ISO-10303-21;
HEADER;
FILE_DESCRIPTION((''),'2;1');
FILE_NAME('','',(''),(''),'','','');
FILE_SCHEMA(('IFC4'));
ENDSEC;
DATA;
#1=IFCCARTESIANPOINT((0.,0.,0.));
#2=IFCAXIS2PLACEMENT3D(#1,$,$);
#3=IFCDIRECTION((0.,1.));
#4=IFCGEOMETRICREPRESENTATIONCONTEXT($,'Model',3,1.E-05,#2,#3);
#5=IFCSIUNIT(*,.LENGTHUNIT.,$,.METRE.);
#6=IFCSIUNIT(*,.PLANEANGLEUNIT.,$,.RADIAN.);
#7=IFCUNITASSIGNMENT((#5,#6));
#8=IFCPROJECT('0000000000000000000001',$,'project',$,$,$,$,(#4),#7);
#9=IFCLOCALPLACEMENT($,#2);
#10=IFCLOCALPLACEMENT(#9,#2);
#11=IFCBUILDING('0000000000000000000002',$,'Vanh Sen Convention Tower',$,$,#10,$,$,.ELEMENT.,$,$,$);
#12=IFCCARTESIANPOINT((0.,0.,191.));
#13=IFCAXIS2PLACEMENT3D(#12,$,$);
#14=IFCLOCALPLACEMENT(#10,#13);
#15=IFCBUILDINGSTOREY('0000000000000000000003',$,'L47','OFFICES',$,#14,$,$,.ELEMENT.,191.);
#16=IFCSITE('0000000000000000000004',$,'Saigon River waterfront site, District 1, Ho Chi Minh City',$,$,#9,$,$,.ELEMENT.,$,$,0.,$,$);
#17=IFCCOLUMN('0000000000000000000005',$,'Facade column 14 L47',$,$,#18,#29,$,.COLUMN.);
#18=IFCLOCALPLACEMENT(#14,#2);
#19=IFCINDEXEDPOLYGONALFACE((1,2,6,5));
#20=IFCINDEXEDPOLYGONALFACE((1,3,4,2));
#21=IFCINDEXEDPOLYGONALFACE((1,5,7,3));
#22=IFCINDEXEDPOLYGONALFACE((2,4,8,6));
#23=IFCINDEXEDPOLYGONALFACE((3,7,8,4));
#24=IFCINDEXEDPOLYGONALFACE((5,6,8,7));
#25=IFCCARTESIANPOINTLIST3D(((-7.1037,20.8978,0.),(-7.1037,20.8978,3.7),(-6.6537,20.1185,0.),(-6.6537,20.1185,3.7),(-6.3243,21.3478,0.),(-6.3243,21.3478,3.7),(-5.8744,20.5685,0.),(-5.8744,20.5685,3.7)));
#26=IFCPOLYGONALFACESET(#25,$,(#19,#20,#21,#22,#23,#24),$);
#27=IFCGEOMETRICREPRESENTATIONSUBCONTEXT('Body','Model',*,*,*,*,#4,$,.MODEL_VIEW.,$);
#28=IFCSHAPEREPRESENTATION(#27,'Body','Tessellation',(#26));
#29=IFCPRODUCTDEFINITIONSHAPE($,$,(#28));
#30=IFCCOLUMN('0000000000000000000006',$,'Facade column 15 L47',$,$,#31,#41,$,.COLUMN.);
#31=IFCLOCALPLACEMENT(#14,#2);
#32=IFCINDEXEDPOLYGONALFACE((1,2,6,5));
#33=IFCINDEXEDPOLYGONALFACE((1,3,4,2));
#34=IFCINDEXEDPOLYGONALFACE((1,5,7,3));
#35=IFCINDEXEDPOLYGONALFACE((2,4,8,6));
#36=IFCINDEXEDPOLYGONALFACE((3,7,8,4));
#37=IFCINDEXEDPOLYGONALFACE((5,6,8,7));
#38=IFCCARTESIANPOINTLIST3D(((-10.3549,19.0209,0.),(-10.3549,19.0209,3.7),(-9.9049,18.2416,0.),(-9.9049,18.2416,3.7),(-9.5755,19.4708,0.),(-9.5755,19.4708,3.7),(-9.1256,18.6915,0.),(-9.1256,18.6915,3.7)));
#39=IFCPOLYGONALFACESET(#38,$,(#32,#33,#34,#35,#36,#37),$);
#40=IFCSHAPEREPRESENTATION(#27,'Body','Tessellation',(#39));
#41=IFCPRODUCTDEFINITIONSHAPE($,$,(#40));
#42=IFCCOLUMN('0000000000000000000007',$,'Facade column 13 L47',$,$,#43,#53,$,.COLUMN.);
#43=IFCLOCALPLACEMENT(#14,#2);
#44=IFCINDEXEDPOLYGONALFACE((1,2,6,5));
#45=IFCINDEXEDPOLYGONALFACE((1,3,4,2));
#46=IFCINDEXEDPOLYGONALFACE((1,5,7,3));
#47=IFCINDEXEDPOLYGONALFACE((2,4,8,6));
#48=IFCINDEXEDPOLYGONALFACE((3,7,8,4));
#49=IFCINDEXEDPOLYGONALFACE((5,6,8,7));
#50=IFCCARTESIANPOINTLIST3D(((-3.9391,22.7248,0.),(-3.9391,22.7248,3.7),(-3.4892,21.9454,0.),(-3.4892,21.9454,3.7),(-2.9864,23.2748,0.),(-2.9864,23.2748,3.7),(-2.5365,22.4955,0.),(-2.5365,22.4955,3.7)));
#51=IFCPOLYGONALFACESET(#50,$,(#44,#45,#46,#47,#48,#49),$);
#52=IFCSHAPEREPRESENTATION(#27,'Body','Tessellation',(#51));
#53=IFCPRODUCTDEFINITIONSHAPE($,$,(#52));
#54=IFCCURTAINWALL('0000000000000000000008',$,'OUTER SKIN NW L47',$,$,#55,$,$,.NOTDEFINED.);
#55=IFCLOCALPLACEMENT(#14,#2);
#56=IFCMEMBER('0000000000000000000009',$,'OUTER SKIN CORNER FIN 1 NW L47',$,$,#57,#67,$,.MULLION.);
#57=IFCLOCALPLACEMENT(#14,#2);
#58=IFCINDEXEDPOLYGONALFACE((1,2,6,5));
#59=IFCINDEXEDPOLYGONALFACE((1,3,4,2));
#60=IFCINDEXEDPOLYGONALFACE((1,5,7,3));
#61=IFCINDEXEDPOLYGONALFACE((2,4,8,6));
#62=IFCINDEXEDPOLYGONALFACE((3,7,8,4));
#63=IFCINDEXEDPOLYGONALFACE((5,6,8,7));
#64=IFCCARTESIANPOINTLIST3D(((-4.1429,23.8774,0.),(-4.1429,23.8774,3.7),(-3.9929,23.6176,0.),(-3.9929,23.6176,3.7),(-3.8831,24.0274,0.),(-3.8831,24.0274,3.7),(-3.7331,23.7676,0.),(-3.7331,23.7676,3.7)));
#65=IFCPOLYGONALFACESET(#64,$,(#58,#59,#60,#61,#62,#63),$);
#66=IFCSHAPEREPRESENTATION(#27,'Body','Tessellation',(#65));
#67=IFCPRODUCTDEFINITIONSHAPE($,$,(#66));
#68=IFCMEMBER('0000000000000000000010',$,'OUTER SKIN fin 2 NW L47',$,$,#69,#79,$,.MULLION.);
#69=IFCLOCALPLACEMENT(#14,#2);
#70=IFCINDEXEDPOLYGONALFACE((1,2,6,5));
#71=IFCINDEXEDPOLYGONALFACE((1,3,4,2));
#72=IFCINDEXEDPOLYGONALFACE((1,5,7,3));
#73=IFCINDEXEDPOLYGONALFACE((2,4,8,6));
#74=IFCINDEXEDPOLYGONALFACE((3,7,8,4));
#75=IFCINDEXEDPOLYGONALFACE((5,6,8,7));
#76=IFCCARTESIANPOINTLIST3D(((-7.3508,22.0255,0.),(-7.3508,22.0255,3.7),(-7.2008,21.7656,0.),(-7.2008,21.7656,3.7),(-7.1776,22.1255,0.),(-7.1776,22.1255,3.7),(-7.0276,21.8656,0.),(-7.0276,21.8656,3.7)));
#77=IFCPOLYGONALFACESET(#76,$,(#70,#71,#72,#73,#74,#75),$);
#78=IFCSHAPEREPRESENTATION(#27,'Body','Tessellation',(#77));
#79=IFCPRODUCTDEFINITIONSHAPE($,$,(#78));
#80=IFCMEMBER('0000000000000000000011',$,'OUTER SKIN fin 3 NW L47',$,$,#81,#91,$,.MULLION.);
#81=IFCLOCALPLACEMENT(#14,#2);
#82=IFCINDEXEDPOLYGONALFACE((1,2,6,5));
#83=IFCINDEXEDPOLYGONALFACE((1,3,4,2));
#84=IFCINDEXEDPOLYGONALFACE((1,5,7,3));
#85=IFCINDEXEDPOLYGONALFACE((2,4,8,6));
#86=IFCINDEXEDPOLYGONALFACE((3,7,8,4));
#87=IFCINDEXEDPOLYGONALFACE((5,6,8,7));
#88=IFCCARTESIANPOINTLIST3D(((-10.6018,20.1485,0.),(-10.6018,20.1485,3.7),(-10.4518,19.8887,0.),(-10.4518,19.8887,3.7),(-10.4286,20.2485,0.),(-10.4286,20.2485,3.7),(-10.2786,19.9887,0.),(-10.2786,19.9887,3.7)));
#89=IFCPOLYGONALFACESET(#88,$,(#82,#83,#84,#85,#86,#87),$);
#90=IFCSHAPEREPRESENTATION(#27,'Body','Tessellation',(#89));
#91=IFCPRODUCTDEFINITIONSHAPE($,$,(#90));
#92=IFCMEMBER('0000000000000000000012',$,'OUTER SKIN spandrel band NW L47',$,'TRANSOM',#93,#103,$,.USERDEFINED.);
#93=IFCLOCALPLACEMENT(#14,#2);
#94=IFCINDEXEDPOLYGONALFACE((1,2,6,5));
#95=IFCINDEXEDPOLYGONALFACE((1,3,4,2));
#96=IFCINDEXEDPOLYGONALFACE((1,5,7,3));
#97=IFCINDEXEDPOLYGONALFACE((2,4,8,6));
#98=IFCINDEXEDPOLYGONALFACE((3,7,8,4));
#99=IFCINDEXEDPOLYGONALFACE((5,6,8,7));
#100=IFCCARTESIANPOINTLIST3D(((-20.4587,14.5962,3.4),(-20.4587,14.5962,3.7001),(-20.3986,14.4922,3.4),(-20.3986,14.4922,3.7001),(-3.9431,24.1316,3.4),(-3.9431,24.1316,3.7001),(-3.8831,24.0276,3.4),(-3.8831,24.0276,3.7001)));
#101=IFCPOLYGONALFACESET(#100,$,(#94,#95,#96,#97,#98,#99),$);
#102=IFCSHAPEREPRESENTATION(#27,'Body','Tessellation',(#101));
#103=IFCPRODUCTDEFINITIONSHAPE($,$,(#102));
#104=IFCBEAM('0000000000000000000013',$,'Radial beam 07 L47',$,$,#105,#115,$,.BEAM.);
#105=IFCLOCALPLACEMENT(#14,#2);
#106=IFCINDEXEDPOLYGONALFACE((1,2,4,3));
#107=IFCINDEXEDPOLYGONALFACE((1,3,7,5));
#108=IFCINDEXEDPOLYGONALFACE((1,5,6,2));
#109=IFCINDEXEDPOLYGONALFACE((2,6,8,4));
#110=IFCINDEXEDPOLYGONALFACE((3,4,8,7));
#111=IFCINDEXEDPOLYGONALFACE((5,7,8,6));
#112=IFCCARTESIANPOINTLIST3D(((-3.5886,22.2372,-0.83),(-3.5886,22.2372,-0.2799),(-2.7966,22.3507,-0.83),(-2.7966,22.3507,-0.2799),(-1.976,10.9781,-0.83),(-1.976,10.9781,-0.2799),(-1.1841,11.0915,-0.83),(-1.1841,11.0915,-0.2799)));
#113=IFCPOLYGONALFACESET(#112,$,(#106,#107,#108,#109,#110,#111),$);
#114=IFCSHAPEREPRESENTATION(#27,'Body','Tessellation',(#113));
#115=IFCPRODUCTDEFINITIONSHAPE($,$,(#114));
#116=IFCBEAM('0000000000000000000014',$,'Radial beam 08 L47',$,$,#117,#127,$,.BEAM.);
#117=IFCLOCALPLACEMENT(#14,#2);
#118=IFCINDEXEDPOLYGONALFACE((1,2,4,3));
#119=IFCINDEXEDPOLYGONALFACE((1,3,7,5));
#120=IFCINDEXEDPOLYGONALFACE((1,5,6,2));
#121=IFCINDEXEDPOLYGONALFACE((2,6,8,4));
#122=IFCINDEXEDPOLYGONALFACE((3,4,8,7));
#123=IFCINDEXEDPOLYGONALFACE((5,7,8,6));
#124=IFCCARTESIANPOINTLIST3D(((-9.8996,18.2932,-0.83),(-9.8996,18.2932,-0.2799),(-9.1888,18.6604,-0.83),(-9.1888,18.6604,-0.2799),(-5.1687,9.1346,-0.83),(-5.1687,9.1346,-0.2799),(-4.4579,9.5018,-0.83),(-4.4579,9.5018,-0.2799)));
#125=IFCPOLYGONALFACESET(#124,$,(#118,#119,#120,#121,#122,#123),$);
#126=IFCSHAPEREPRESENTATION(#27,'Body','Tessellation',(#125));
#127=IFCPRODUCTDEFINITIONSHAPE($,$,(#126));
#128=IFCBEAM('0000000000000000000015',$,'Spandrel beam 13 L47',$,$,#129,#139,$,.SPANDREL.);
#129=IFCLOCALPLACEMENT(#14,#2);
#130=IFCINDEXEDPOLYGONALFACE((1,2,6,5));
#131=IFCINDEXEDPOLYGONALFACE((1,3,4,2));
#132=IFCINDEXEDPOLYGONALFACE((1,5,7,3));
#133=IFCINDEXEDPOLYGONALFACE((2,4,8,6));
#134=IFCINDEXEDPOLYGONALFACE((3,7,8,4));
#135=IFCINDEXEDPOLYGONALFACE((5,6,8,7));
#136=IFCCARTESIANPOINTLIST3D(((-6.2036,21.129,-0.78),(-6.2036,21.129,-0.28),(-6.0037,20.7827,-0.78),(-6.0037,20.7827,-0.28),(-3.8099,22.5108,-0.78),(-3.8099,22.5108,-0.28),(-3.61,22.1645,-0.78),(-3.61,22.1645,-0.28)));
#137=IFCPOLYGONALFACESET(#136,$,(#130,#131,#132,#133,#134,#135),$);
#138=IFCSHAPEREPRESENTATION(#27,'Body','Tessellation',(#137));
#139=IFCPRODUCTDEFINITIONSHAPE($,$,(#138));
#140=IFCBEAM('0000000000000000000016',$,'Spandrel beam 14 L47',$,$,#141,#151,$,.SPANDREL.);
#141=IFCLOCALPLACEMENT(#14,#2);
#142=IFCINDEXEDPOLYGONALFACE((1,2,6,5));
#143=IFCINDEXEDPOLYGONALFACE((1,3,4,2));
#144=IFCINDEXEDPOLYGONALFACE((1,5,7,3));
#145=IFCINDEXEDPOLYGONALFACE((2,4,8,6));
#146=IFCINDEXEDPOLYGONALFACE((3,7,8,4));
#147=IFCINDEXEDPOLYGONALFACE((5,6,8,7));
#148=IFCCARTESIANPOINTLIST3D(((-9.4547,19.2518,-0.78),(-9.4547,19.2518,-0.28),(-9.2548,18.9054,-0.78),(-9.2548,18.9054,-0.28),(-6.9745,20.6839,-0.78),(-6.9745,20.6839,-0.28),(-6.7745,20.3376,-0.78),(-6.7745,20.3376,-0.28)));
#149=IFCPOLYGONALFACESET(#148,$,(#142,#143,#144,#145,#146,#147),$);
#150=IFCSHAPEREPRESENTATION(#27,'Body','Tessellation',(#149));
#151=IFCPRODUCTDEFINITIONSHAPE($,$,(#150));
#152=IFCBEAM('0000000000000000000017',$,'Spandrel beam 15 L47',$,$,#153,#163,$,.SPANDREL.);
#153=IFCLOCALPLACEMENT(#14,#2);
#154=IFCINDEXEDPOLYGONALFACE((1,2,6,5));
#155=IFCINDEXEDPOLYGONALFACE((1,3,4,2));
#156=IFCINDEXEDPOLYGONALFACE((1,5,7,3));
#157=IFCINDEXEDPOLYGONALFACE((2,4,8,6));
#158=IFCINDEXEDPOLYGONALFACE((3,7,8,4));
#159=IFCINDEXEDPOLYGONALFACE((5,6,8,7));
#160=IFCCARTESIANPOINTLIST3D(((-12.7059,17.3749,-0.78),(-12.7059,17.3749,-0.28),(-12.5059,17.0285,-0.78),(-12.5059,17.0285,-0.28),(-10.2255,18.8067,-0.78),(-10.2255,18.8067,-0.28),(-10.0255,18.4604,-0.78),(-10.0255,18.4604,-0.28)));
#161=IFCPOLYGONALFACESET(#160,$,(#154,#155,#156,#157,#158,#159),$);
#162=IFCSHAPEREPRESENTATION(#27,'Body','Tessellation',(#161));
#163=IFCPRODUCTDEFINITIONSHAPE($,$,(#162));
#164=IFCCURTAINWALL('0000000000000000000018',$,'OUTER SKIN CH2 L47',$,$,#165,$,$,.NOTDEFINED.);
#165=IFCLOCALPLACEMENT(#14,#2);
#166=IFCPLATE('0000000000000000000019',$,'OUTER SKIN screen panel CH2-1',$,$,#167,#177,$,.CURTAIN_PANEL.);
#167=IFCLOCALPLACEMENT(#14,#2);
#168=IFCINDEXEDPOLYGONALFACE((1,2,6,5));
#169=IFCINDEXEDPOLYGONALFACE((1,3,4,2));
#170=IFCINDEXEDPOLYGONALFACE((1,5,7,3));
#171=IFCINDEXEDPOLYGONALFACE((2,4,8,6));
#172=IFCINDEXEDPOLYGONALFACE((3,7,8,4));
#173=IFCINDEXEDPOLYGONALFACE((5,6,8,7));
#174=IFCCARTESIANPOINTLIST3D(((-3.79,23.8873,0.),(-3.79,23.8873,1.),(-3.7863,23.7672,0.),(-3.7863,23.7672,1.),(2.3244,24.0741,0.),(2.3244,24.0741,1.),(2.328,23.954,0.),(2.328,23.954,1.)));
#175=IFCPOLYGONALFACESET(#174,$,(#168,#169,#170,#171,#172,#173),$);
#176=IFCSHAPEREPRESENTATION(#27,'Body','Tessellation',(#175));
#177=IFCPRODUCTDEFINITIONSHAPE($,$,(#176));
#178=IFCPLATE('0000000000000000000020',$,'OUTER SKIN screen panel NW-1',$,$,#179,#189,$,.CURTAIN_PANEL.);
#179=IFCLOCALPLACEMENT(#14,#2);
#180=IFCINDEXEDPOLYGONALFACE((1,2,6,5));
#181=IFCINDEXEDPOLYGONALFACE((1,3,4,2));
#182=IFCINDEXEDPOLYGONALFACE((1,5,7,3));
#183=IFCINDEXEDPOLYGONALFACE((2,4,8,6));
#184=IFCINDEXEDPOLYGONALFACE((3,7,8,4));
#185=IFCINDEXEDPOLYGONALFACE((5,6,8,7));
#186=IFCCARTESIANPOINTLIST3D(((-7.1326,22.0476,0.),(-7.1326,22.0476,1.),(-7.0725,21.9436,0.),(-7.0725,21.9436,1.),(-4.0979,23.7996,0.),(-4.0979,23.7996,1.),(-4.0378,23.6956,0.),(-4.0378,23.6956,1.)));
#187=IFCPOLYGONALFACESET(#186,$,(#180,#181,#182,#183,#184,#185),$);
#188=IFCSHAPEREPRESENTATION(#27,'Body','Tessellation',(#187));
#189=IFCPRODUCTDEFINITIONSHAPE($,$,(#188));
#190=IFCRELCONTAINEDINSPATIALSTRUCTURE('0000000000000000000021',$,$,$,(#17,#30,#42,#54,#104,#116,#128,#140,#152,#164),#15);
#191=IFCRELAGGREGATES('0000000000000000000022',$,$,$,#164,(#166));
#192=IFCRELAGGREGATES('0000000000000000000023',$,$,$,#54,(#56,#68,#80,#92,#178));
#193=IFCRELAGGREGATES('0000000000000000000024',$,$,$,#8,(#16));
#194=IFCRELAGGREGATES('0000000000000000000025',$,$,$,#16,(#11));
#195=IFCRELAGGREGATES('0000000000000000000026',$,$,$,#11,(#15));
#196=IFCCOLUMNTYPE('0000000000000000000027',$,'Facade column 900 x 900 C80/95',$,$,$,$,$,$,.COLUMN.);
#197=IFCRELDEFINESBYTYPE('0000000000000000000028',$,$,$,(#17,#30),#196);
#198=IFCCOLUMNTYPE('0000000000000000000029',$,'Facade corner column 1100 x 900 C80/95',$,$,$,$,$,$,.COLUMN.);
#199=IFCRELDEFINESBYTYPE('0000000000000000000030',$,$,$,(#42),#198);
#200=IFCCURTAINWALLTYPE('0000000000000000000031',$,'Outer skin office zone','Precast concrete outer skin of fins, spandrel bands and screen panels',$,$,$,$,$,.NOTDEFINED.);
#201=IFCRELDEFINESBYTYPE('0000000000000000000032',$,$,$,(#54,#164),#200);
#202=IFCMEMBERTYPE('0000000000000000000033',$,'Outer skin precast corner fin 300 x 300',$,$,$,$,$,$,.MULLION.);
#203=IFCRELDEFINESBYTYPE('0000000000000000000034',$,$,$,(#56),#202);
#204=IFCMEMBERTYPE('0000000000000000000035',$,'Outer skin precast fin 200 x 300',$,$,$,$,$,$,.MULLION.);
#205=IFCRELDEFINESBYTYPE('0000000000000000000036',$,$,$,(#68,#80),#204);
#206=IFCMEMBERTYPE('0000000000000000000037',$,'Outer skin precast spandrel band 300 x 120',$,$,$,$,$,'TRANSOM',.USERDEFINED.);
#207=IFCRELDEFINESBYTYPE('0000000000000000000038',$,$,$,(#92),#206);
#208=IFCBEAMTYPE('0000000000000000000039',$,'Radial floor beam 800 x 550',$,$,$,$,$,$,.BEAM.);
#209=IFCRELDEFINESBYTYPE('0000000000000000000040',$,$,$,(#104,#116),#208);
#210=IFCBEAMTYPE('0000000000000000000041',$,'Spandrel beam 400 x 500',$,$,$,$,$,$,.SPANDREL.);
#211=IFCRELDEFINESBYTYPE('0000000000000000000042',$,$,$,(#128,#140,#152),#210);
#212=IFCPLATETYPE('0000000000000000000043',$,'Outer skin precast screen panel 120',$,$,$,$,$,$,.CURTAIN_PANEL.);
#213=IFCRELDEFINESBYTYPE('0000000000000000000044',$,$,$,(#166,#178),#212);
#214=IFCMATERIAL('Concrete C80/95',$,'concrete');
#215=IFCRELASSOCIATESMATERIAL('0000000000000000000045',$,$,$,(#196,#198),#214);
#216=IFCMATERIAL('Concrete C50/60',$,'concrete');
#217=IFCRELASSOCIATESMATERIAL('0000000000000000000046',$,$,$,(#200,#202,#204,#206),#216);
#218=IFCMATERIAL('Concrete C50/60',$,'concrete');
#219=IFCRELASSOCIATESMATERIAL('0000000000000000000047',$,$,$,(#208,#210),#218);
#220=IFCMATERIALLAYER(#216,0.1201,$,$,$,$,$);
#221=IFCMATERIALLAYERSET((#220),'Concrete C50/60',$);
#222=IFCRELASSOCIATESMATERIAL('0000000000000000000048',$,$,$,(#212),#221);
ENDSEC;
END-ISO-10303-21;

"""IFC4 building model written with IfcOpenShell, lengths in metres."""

from ifc_helpers import new_model, si_unit, direction, frame, origin, origin_2d, place, context, subcontext, project, spatial, rectangle, extrude, material, layer, layer_set, material_profile, profile_set, type_object, element, aggregate, save


model = new_model("IFC4")

# Units and contexts
model_context = context("Model", 3, precision=1e-05, world=origin(), true_north=direction((0.0, 1.0)))
body_context = subcontext(model_context, "Body", "Model", "MODEL_VIEW")
ifc_project = project(units=[si_unit("LENGTHUNIT", "METRE"), si_unit("PLANEANGLEUNIT", "RADIAN")], contexts=[model_context])

# Site, building, storey
site_placement = place(None, origin())
site = spatial("IfcSite", under=ifc_project, at=site_placement, Name="Saigon River waterfront site, District 1, Ho Chi Minh City", CompositionType="ELEMENT", RefElevation=0.0)
building_placement = place(site_placement, origin())
building = spatial("IfcBuilding", under=site, at=building_placement, Name="Vanh Sen Convention Tower", CompositionType="ELEMENT")
storey_placement = place(building_placement, frame((0.0, 0.0, 191.0)))
storey = spatial("IfcBuildingStorey", under=building, at=storey_placement, Name="L47", Description="OFFICES", CompositionType="ELEMENT", Elevation=191.0)

# Columns
ifc_material_1 = material(Name="Concrete C80/95", Category="concrete")
ifc_material_profile_1 = material_profile(ifc_material_1, rectangle(XDim=0.8999, YDim=0.8999, at=origin_2d()), Name="RC 900X900")
ifc_profile_set_1 = profile_set([ifc_material_profile_1], Name="Concrete C80/95")
column_type_1 = type_object("IfcColumnType", Name="Facade column 900 x 900 C80/95", PredefinedType="COLUMN", material=ifc_profile_set_1)
for number, where, z_axis, x_axis, name in (
    (1, (-6.489, 20.7332, 0.0), (0.0, 0.0, 1.0), (-0.866025, -0.5, 0.0), "Facade column 14 L47"),
    (2, (-9.7402, 18.8562, 0.0), (0.0, 0.0, 1.0), (-0.866025, -0.5, 0.0), "Facade column 15 L47"),
):
    element("IfcColumn", number, at=place(storey_placement, frame(where, z_axis=z_axis, x_axis=x_axis)), inside=storey, type_object=column_type_1, Name=name, PredefinedType="COLUMN", context=body_context, shape_type="SweptSolid", body=[
        extrude(rectangle(XDim=0.8999, YDim=0.8999, at=origin_2d()), origin(), (0.0, 0.0, 1.0), 3.7),
    ])
ifc_material_profile_2 = material_profile(ifc_material_1, rectangle(XDim=1.1001, YDim=0.8999, at=origin_2d()), Name="RC 1100X900")
ifc_profile_set_2 = profile_set([ifc_material_profile_2], Name="Concrete C80/95")
column_type_2 = type_object("IfcColumnType", Name="Facade corner column 1100 x 900 C80/95", PredefinedType="COLUMN", material=ifc_profile_set_2)
column_placement = place(storey_placement, frame((-3.2378, 22.6101, 0.0), z_axis=(0.0, 0.0, 1.0), x_axis=(-0.866025, -0.5, 0.0)))
element("IfcColumn", 3, at=column_placement, inside=storey, type_object=column_type_2, Name="Facade column 13 L47", PredefinedType="COLUMN", context=body_context, shape_type="SweptSolid", body=[
    extrude(rectangle(XDim=1.1001, YDim=0.8999, at=origin_2d()), origin(), (0.0, 0.0, 1.0), 3.7),
])

# Curtain wall, members
ifc_material_2 = material(Name="Concrete C50/60", Category="concrete")
curtain_wall_type = type_object("IfcCurtainWallType", Name="Outer skin office zone", Description="Precast concrete outer skin of fins, spandrel bands and screen panels", PredefinedType="NOTDEFINED", material=ifc_material_2)
curtain_wall_1_placement = place(storey_placement, origin())
curtain_wall_1 = element("IfcCurtainWall", 4, at=curtain_wall_1_placement, inside=storey, type_object=curtain_wall_type, Name="OUTER SKIN NW L47", PredefinedType="NOTDEFINED")
ifc_material_profile_3 = material_profile(ifc_material_2, rectangle(XDim=0.3, YDim=0.3, at=origin_2d()), Name="Outer skin precast corner fin 300 x 300")
ifc_profile_set_3 = profile_set([ifc_material_profile_3], Name="Concrete C50/60")
member_type_1 = type_object("IfcMemberType", Name="Outer skin precast corner fin 300 x 300", PredefinedType="MULLION", material=ifc_profile_set_3)
member_1_placement = place(storey_placement, frame((-3.938, 23.8225, 0.0), z_axis=(0.0, 0.0, 1.0), x_axis=(-0.866025, -0.5, 0.0)))
member_1 = element("IfcMember", 5, at=member_1_placement, type_object=member_type_1, Name="OUTER SKIN CORNER FIN 1 NW L47", PredefinedType="MULLION", context=body_context, shape_type="SweptSolid", body=[
    extrude(rectangle(XDim=0.3, YDim=0.3, at=origin_2d()), origin(), (0.0, 0.0, 1.0), 3.7),
])
ifc_material_profile_4 = material_profile(ifc_material_2, rectangle(XDim=0.2, YDim=0.3, at=origin_2d()), Name="Outer skin precast fin 200 x 300")
ifc_profile_set_4 = profile_set([ifc_material_profile_4], Name="Concrete C50/60")
member_type_2 = type_object("IfcMemberType", Name="Outer skin precast fin 200 x 300", PredefinedType="MULLION", material=ifc_profile_set_4)
member_2_placement = place(storey_placement, frame((-7.1892, 21.9456, 0.0), z_axis=(0.0, 0.0, 1.0), x_axis=(-0.866025, -0.5, 0.0)))
member_2 = element("IfcMember", 6, at=member_2_placement, type_object=member_type_2, Name="OUTER SKIN fin 2 NW L47", PredefinedType="MULLION", context=body_context, shape_type="SweptSolid", body=[
    extrude(rectangle(XDim=0.2, YDim=0.3, at=origin_2d()), origin(), (0.0, 0.0, 1.0), 3.7),
])
member_3_placement = place(storey_placement, frame((-10.4402, 20.0686, 0.0), z_axis=(0.0, 0.0, 1.0), x_axis=(-0.866025, -0.5, 0.0)))
member_3 = element("IfcMember", 7, at=member_3_placement, type_object=member_type_2, Name="OUTER SKIN fin 3 NW L47", PredefinedType="MULLION", context=body_context, shape_type="SweptSolid", body=[
    extrude(rectangle(XDim=0.2, YDim=0.3, at=origin_2d()), origin(), (0.0, 0.0, 1.0), 3.7),
])
ifc_material_profile_5 = material_profile(ifc_material_2, rectangle(XDim=0.1201, YDim=0.3, at=origin_2d()), Name="Outer skin precast spandrel band 300 x 120")
ifc_profile_set_5 = profile_set([ifc_material_profile_5], Name="Concrete C50/60")
member_type_3 = type_object("IfcMemberType", Name="Outer skin precast spandrel band 300 x 120", ElementType="TRANSOM", PredefinedType="USERDEFINED", material=ifc_profile_set_5)
member_4_placement = place(storey_placement, frame((-3.9131, 24.0796, 3.55), z_axis=(-0.866023, -0.500004, 0.0), x_axis=(0.500004, -0.866023, 0.0)))
member_4 = element("IfcMember", 8, at=member_4_placement, type_object=member_type_3, Name="OUTER SKIN spandrel band NW L47", ObjectType="TRANSOM", PredefinedType="USERDEFINED", context=body_context, shape_type="SweptSolid", body=[
    extrude(rectangle(XDim=0.1201, YDim=0.3, at=origin_2d()), origin(), (0.0, 0.0, 1.0), 19.0706),
])

# Beams
ifc_material_3 = material(Name="Concrete C50/60", Category="concrete")
ifc_material_profile_6 = material_profile(ifc_material_3, rectangle(XDim=0.8, YDim=0.55, at=origin_2d()), Name="RC 800X550")
ifc_profile_set_6 = profile_set([ifc_material_profile_6], Name="Concrete C50/60")
beam_type_1 = type_object("IfcBeamType", Name="Radial floor beam 800 x 550", PredefinedType="BEAM", material=ifc_profile_set_6)
beam_1_placement = place(storey_placement, frame((-3.1926, 22.2939, -0.5549), z_axis=(0.141776, -0.989899, 0.0), x_axis=(0.989899, 0.141776, 0.0)))
element("IfcBeam", 9, at=beam_1_placement, inside=storey, type_object=beam_type_1, Name="Radial beam 07 L47", PredefinedType="BEAM", context=body_context, shape_type="SweptSolid", body=[
    extrude(rectangle(XDim=0.8, YDim=0.55, at=origin_2d()), origin(), (0.0, 0.0, 1.0), 11.374),
])
beam_2_placement = place(storey_placement, frame((-9.5442, 18.4768, -0.5549), z_axis=(0.458941, -0.888467, 0.0), x_axis=(0.888467, 0.458941, 0.0)))
element("IfcBeam", 10, at=beam_2_placement, inside=storey, type_object=beam_type_1, Name="Radial beam 08 L47", PredefinedType="BEAM", context=body_context, shape_type="SweptSolid", body=[
    extrude(rectangle(XDim=0.8, YDim=0.55, at=origin_2d()), origin(), (0.0, 0.0, 1.0), 10.3083),
])
ifc_material_profile_7 = material_profile(ifc_material_3, rectangle(XDim=0.3999, YDim=0.5, at=origin_2d()), Name="RC 400X500")
ifc_profile_set_7 = profile_set([ifc_material_profile_7], Name="Concrete C50/60")
beam_type_2 = type_object("IfcBeamType", Name="Spandrel beam 400 x 500", PredefinedType="SPANDREL", material=ifc_profile_set_7)
beam_3_placement = place(storey_placement, frame((-3.71, 22.3376, -0.53), z_axis=(-0.866061, -0.499939, 0.0), x_axis=(0.499939, -0.866061, 0.0)))
element("IfcBeam", 11, at=beam_3_placement, inside=storey, type_object=beam_type_2, Name="Spandrel beam 13 L47", PredefinedType="SPANDREL", context=body_context, shape_type="SweptSolid", body=[
    extrude(rectangle(XDim=0.3999, YDim=0.5, at=origin_2d()), origin(), (0.0, 0.0, 1.0), 2.7639),
])
for number, where, z_axis, x_axis, name in (
    (12, (-6.8745, 20.5107, -0.53), (-0.866, -0.500045, 0.0), (0.500045, -0.866, 0.0), "Spandrel beam 14 L47"),
    (13, (-10.1255, 18.6335, -0.53), (-0.866058, -0.499944, 0.0), (0.499944, -0.866058, 0.0), "Spandrel beam 15 L47"),
):
    element("IfcBeam", number, at=place(storey_placement, frame(where, z_axis=z_axis, x_axis=x_axis)), inside=storey, type_object=beam_type_2, Name=name, PredefinedType="SPANDREL", context=body_context, shape_type="SweptSolid", body=[
        extrude(rectangle(XDim=0.3999, YDim=0.5, at=origin_2d()), origin(), (0.0, 0.0, 1.0), 2.864),
    ])

# Curtain wall, plate
curtain_wall_2_placement = place(storey_placement, origin())
curtain_wall_2 = element("IfcCurtainWall", 14, at=curtain_wall_2_placement, inside=storey, type_object=curtain_wall_type, Name="OUTER SKIN CH2 L47", PredefinedType="NOTDEFINED")
ifc_layer_1 = layer(ifc_material_2, 0.1201)
ifc_layer_set_1 = layer_set([ifc_layer_1], Name="Concrete C50/60")
plate_type = type_object("IfcPlateType", Name="Outer skin precast screen panel 120", PredefinedType="CURTAIN_PANEL", material=ifc_layer_set_1)
plate_1_placement = place(storey_placement, frame((-0.731, 23.9207, 0.0), z_axis=(0.0, 0.0, 1.0), x_axis=(-0.999534, -0.030539, 0.0)))
plate_1 = element("IfcPlate", 15, at=plate_1_placement, type_object=plate_type, Name="OUTER SKIN screen panel CH2-1", PredefinedType="CURTAIN_PANEL", context=body_context, shape_type="SweptSolid", body=[
    extrude(rectangle(XDim=6.1172, YDim=0.1201, at=origin_2d()), origin(), (0.0, 0.0, 1.0), 1.0),
])
aggregate(curtain_wall_2, [plate_1])

# Plate
plate_2_placement = place(storey_placement, frame((-5.5852, 22.8716, 0.0), z_axis=(0.0, 0.0, 1.0), x_axis=(-0.866035, -0.499983, 0.0)))
plate_2 = element("IfcPlate", 16, at=plate_2_placement, type_object=plate_type, Name="OUTER SKIN screen panel NW-1", PredefinedType="CURTAIN_PANEL", context=body_context, shape_type="SweptSolid", body=[
    extrude(rectangle(XDim=3.5042, YDim=0.1201, at=origin_2d()), origin(), (0.0, 0.0, 1.0), 1.0),
])
aggregate(curtain_wall_1, [member_1, member_2, member_3, member_4, plate_2])

save(model, "model.ifc")
